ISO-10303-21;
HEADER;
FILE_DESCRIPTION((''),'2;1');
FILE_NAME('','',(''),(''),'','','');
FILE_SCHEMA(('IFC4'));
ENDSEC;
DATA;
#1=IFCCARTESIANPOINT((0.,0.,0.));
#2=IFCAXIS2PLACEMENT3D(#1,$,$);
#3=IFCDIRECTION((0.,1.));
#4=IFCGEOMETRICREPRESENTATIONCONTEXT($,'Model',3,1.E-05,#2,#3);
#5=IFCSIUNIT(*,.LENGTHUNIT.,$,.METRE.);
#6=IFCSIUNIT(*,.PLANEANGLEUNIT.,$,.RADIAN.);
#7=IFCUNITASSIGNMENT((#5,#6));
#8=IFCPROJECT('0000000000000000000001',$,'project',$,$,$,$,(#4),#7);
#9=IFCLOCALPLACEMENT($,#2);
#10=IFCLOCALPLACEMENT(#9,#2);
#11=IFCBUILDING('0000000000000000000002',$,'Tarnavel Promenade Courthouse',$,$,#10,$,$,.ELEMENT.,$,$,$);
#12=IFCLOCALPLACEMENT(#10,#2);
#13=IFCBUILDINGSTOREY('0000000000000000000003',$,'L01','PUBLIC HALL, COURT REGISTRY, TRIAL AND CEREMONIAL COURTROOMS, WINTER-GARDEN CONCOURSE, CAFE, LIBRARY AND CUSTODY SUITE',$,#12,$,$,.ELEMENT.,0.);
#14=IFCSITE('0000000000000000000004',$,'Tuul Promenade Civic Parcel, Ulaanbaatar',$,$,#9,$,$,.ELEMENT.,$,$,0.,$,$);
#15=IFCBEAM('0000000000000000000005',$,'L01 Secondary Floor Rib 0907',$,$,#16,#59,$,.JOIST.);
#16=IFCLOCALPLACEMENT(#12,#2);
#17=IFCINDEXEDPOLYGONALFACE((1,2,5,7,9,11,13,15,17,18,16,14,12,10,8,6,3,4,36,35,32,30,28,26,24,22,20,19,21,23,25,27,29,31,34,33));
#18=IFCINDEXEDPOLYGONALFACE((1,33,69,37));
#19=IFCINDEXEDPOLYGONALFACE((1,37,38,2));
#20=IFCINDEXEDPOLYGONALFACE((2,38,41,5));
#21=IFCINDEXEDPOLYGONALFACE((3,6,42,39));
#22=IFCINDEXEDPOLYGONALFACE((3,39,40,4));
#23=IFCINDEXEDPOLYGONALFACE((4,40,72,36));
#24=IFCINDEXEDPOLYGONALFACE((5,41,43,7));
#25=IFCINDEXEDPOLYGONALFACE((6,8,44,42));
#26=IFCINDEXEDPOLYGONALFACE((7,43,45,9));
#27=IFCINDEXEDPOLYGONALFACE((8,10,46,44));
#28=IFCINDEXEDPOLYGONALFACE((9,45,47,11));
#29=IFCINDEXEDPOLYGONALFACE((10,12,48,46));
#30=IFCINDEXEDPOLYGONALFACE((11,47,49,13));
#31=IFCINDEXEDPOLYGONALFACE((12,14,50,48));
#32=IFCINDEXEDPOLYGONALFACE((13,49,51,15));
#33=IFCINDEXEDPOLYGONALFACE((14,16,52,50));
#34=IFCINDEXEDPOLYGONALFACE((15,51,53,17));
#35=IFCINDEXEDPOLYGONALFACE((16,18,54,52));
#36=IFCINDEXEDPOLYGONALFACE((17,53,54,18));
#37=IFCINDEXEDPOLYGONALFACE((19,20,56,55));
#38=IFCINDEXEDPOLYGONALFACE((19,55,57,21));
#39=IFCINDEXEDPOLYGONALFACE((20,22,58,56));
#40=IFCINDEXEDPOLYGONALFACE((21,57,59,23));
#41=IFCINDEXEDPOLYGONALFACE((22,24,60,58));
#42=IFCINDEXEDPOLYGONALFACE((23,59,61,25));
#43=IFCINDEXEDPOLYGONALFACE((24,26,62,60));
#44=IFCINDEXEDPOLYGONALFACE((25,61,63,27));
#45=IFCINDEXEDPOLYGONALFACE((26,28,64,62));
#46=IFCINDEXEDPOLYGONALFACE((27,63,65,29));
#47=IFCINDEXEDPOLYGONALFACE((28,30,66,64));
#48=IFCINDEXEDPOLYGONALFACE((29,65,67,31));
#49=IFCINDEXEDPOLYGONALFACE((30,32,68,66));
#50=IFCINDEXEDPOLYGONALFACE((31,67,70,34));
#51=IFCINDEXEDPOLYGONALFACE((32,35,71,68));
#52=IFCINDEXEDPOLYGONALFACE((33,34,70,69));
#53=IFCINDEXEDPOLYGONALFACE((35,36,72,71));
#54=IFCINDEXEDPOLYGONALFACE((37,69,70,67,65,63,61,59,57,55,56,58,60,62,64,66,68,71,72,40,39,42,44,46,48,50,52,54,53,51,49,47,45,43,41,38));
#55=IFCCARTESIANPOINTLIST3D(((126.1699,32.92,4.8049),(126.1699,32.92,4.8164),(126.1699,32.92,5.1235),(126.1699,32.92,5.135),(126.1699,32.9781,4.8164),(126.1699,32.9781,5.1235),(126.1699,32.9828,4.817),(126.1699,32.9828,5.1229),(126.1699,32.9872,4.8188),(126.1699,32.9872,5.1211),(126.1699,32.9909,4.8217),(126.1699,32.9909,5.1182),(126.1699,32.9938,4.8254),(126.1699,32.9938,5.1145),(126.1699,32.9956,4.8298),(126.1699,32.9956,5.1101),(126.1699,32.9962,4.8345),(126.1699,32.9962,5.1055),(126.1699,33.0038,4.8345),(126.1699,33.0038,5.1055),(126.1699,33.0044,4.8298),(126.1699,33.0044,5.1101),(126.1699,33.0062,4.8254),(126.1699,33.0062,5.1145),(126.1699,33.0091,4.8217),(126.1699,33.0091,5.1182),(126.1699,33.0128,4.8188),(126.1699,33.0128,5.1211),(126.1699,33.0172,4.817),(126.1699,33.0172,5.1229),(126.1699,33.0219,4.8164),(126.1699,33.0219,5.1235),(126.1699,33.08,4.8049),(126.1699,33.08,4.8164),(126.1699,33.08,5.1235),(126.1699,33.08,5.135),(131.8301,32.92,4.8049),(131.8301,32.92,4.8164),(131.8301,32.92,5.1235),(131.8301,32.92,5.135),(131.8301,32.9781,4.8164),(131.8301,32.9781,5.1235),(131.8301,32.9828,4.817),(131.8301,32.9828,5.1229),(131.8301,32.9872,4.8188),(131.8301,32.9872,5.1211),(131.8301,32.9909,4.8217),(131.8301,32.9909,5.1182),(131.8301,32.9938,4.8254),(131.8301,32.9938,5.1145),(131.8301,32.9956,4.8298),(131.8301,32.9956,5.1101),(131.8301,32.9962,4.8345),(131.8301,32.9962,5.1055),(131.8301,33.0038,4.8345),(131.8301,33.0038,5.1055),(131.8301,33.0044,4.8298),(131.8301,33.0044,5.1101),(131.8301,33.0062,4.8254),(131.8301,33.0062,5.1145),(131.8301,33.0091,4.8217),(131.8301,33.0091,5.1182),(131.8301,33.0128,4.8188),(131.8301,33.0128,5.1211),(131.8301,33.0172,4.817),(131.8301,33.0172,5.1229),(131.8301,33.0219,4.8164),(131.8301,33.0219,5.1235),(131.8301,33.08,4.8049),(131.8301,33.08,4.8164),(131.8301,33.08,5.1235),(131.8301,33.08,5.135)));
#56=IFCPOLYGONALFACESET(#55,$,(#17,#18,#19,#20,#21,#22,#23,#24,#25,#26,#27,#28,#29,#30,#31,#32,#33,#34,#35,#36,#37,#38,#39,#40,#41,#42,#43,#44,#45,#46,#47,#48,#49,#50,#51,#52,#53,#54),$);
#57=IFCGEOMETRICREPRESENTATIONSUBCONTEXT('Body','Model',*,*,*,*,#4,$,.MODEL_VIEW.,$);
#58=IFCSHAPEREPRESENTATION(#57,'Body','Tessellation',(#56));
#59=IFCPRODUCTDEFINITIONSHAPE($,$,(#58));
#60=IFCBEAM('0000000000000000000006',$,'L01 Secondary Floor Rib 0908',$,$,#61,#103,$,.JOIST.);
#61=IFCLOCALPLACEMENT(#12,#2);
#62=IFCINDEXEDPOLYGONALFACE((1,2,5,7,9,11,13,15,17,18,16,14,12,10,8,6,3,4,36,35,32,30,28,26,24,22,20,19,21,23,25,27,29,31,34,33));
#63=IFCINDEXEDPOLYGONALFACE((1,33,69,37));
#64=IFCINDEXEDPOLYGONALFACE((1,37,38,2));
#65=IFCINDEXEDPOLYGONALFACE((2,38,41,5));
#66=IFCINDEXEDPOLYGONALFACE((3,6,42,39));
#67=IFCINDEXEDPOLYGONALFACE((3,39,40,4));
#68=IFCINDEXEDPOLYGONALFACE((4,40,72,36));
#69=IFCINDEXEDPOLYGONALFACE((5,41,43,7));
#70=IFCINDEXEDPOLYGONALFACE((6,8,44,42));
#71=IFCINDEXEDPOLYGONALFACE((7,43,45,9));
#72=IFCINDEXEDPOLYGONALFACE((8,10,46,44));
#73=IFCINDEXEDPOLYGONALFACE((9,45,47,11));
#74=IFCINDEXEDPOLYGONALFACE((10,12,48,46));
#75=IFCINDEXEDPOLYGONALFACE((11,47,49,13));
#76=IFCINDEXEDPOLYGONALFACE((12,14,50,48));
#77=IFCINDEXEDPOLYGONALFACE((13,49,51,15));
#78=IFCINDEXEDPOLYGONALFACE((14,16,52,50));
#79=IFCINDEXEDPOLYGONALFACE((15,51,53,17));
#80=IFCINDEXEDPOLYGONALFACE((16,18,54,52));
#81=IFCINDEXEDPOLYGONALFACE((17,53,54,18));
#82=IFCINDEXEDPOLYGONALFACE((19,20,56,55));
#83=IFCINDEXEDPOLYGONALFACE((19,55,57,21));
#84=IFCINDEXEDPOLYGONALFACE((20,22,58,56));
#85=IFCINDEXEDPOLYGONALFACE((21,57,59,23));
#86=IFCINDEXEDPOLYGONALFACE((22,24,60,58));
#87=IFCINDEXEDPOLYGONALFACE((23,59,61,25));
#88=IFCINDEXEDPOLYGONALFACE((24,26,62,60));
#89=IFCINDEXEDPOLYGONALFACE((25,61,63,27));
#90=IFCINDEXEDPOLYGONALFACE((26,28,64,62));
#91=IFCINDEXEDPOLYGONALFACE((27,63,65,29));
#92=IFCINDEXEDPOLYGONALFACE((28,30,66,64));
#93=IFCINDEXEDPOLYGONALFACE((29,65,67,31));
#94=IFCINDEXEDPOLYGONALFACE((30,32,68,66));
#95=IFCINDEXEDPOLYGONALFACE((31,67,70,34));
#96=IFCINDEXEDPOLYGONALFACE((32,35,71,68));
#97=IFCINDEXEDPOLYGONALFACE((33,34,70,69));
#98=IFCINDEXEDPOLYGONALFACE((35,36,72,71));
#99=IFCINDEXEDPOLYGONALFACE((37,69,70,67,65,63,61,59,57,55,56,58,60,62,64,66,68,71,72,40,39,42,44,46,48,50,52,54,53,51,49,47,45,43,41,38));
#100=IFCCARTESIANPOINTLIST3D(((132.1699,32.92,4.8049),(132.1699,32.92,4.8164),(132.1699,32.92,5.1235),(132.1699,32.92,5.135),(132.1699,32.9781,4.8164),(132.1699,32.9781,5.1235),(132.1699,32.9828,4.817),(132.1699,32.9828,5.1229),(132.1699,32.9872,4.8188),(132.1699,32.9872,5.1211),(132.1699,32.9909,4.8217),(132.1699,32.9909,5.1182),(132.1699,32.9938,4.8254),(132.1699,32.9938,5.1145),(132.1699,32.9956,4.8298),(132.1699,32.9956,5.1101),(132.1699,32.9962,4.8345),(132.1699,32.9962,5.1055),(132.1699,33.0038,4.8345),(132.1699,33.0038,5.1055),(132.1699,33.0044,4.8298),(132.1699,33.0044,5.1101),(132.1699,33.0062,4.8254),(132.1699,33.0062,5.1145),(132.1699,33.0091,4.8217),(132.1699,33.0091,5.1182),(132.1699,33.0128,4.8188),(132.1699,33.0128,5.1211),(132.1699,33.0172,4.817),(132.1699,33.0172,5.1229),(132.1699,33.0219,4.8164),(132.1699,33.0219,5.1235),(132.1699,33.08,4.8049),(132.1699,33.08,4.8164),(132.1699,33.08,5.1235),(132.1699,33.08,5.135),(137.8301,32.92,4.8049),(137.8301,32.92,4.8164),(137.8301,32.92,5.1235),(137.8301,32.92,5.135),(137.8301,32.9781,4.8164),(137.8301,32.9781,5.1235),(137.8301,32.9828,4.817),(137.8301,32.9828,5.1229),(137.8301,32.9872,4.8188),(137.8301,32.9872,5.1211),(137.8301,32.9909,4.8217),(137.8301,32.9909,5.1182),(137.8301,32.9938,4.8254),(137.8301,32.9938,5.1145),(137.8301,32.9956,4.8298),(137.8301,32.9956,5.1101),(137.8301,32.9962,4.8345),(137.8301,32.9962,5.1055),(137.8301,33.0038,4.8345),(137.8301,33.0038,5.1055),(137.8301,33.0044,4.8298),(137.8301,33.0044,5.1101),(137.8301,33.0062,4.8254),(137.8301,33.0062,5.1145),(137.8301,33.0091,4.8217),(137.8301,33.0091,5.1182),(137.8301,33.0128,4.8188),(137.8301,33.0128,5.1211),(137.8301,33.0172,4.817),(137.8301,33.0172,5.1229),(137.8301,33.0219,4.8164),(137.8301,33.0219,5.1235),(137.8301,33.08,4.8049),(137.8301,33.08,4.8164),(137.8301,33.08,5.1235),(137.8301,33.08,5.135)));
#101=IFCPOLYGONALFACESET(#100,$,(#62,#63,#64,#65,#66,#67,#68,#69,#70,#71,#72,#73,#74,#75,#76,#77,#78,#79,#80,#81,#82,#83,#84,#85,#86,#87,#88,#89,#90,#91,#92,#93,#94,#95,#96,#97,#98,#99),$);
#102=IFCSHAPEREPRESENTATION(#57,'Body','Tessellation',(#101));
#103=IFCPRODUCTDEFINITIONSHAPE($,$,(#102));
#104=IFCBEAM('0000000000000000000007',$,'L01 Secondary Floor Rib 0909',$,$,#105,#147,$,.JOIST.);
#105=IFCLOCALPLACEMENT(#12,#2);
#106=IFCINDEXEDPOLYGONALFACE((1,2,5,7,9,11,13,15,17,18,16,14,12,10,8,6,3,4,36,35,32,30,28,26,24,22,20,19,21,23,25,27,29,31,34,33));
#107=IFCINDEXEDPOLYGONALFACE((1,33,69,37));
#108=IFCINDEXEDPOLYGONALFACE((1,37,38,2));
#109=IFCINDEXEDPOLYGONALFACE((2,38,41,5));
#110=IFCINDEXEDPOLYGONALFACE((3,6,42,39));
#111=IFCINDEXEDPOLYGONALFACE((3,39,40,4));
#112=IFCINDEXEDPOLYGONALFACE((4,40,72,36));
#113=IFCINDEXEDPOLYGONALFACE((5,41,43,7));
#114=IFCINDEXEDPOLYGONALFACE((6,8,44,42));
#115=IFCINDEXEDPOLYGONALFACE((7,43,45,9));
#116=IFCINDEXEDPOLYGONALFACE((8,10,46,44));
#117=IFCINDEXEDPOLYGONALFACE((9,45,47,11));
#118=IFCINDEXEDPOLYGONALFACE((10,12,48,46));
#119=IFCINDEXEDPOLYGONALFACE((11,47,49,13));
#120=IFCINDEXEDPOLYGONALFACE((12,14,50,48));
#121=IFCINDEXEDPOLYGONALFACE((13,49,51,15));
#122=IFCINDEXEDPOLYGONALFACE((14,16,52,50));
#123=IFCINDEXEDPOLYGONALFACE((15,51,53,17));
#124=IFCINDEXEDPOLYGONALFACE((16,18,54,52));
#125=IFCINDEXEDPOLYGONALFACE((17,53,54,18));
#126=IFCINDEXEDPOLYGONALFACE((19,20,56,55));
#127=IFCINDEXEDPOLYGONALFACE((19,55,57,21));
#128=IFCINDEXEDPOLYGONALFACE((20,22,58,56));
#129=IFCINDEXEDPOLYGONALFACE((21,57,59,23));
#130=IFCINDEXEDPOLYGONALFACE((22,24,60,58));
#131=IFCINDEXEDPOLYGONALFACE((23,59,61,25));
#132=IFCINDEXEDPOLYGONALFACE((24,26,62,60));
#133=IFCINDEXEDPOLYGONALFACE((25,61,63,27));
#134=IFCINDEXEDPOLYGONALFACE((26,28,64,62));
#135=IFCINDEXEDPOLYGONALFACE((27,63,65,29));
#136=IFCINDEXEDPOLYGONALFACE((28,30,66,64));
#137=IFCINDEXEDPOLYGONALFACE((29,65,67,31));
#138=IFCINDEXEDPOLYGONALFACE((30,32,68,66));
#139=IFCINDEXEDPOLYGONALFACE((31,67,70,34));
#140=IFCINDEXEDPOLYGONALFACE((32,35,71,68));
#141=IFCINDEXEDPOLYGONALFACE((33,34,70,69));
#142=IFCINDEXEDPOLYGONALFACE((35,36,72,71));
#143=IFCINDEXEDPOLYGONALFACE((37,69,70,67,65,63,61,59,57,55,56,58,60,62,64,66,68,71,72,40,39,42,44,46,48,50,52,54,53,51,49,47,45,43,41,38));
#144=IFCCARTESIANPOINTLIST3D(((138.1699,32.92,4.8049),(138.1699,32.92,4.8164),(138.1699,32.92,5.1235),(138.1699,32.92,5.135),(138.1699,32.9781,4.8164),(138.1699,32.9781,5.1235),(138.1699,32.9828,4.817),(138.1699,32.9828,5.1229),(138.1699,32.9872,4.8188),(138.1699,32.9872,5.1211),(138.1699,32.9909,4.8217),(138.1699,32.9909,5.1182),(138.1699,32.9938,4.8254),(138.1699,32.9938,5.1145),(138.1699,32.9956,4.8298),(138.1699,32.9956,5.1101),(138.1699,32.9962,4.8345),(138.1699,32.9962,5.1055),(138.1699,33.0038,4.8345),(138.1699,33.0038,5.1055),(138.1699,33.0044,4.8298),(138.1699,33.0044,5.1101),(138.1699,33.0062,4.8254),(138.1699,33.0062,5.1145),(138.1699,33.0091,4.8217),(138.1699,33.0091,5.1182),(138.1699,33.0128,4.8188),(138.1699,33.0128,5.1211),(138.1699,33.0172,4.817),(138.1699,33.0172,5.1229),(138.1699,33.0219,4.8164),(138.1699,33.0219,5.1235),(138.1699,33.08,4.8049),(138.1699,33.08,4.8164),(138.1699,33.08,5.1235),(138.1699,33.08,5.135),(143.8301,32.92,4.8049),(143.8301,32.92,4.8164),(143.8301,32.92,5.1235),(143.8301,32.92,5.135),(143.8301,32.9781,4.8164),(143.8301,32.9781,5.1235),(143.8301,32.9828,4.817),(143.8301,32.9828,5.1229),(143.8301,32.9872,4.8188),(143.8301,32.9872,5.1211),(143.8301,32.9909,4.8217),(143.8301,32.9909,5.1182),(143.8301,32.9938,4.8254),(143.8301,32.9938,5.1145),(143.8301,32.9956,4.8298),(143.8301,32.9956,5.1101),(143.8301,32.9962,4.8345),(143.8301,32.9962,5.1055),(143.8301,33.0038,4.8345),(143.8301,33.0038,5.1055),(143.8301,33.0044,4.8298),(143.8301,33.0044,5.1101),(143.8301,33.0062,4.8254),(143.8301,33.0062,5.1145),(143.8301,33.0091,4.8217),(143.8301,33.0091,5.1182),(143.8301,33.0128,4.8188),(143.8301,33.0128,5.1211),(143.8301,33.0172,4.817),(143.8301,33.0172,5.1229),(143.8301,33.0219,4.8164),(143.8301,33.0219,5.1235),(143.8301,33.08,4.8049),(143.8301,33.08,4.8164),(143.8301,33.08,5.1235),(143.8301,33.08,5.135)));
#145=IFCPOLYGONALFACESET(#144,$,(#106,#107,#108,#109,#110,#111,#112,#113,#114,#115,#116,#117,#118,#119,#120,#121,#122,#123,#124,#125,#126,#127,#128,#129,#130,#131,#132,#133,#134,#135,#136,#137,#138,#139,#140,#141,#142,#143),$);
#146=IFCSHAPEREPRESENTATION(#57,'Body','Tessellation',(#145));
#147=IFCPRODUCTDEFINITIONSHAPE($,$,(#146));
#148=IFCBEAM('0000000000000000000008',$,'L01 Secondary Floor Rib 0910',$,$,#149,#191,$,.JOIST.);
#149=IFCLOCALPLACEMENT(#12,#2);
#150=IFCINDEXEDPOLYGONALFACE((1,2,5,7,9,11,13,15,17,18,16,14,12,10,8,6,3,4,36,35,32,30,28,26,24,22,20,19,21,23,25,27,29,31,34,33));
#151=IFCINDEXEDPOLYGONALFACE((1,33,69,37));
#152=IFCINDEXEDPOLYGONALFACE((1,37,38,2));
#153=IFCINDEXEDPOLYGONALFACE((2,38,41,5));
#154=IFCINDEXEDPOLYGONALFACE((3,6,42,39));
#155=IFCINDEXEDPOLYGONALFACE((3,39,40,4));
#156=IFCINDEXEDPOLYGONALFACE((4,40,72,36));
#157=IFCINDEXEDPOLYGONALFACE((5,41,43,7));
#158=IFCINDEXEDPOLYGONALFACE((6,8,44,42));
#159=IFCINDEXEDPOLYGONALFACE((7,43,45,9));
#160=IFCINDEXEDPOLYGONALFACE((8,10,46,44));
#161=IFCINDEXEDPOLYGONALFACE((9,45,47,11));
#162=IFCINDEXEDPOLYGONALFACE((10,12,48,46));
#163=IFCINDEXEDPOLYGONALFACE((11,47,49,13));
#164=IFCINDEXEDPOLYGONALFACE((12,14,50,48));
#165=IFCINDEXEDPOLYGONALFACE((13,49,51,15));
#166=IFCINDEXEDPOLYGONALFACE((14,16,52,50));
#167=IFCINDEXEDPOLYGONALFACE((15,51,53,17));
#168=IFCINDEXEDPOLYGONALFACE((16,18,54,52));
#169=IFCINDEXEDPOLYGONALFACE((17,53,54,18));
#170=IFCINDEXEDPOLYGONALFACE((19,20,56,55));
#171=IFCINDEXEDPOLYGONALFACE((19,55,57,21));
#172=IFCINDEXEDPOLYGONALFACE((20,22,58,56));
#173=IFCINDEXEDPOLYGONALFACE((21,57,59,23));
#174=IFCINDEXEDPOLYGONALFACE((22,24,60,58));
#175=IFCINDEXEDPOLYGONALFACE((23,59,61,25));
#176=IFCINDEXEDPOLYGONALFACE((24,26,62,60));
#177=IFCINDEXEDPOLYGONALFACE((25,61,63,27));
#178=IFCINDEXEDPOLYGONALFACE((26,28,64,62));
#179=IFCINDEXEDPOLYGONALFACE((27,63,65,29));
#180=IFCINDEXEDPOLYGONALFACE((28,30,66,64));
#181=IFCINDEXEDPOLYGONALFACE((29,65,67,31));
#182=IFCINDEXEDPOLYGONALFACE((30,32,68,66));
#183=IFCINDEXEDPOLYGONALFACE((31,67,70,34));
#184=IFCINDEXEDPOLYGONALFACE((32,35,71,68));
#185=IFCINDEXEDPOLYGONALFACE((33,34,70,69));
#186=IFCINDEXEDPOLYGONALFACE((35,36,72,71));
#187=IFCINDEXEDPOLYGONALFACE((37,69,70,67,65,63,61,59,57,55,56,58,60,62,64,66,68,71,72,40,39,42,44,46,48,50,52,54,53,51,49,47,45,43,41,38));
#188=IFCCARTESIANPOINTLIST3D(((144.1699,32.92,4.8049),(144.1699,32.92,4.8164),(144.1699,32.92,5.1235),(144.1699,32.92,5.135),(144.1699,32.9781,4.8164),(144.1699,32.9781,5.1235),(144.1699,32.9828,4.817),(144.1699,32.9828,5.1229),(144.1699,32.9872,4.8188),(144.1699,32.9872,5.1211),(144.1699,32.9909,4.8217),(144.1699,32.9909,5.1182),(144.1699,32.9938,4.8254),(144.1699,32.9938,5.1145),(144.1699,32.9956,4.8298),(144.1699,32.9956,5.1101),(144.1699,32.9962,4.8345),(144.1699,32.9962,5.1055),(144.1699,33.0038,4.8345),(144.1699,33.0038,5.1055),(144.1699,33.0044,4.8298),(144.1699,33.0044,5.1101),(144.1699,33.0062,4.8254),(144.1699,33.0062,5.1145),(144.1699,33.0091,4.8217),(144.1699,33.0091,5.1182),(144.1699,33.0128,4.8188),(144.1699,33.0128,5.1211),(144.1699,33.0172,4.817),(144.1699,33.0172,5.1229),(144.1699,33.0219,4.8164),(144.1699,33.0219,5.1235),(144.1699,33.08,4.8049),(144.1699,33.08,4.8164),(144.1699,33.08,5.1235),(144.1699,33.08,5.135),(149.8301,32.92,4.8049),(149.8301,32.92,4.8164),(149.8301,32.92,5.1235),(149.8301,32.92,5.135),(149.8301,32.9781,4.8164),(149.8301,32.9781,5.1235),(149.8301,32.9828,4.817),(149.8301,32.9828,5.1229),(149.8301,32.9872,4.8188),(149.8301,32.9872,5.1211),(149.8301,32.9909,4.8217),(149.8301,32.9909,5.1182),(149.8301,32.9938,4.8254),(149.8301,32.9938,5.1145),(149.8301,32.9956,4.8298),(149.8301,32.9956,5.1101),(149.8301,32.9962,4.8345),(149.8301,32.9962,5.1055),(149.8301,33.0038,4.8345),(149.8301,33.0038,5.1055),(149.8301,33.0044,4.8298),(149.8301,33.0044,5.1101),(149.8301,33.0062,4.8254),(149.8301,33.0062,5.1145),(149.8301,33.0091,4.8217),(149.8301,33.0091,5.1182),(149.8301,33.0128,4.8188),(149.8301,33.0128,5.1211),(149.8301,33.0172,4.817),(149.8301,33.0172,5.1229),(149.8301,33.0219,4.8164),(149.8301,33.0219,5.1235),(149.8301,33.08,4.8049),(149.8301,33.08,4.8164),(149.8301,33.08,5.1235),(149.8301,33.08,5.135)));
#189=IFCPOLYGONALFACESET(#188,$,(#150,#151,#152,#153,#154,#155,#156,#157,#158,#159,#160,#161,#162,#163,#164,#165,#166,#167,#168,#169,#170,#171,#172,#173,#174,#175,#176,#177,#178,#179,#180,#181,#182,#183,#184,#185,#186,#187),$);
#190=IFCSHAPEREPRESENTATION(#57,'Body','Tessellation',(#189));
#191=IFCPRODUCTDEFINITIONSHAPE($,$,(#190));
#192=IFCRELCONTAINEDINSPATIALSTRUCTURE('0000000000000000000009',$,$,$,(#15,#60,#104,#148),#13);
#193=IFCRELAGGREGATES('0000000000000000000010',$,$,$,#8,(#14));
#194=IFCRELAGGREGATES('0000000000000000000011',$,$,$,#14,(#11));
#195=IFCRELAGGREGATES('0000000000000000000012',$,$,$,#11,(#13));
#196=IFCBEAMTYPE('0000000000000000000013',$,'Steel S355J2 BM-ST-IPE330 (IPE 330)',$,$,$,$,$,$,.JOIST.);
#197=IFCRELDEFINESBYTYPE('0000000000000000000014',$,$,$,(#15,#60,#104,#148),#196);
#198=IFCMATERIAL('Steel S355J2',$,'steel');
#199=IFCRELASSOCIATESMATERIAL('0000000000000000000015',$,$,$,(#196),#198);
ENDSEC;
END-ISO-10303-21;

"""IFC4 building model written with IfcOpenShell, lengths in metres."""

from ifc_helpers import new_model, si_unit, direction, frame, origin, origin_2d, place, context, subcontext, project, spatial, i_section, extrude, material, material_profile, profile_set, type_object, element, save


model = new_model("IFC4")

# Units and contexts
model_context = context("Model", 3, precision=1e-05, world=origin(), true_north=direction((0.0, 1.0)))
body_context = subcontext(model_context, "Body", "Model", "MODEL_VIEW")
ifc_project = project(units=[si_unit("LENGTHUNIT", "METRE"), si_unit("PLANEANGLEUNIT", "RADIAN")], contexts=[model_context])

# Site, building, storey
site_placement = place(None, origin())
site = spatial("IfcSite", under=ifc_project, at=site_placement, Name="Tuul Promenade Civic Parcel, Ulaanbaatar", CompositionType="ELEMENT", RefElevation=0.0)
building_placement = place(site_placement, origin())
building = spatial("IfcBuilding", under=site, at=building_placement, Name="Tarnavel Promenade Courthouse", CompositionType="ELEMENT")
storey_placement = place(building_placement, origin())
storey = spatial("IfcBuildingStorey", under=building, at=storey_placement, Name="L01", Description="PUBLIC HALL, COURT REGISTRY, TRIAL AND CEREMONIAL COURTROOMS, WINTER-GARDEN CONCOURSE, CAFE, LIBRARY AND CUSTODY SUITE", CompositionType="ELEMENT", Elevation=0.0)

# Beams
ifc_material_1 = material(Name="Steel S355J2", Category="steel")
ifc_material_profile_1 = material_profile(ifc_material_1, i_section(OverallWidth=0.1599, OverallDepth=0.3301, WebThickness=0.0076, FlangeThickness=0.0115, FilletRadius=0.0181, at=origin_2d()), Name="IPE 330")
ifc_profile_set_1 = profile_set([ifc_material_profile_1], Name="Steel S355J2")
beam_type_1 = type_object("IfcBeamType", Name="Steel S355J2 BM-ST-IPE330 (IPE 330)", PredefinedType="JOIST", material=ifc_profile_set_1)
for number, where, z_axis, x_axis, name in (
    (1, (126.1699, 33.0, 4.97), (1.0, 0.0, 0.0), (0.0, 1.0, 0.0), "L01 Secondary Floor Rib 0907"),
    (2, (132.1699, 33.0, 4.97), (1.0, 0.0, 0.0), (0.0, 1.0, 0.0), "L01 Secondary Floor Rib 0908"),
    (3, (138.1699, 33.0, 4.97), (1.0, 0.0, 0.0), (0.0, 1.0, 0.0), "L01 Secondary Floor Rib 0909"),
    (4, (144.1699, 33.0, 4.97), (1.0, 0.0, 0.0), (0.0, 1.0, 0.0), "L01 Secondary Floor Rib 0910"),
):
    element("IfcBeam", number, at=place(storey_placement, frame(where, z_axis=z_axis, x_axis=x_axis)), inside=storey, type_object=beam_type_1, Name=name, PredefinedType="JOIST", context=body_context, shape_type="SweptSolid", body=[
        extrude(i_section(OverallWidth=0.1599, OverallDepth=0.3301, WebThickness=0.0076, FlangeThickness=0.0115, FilletRadius=0.0181, at=origin_2d()), origin(), (0.0, 0.0, 1.0), 5.6602),
    ])

save(model, "model.ifc")
